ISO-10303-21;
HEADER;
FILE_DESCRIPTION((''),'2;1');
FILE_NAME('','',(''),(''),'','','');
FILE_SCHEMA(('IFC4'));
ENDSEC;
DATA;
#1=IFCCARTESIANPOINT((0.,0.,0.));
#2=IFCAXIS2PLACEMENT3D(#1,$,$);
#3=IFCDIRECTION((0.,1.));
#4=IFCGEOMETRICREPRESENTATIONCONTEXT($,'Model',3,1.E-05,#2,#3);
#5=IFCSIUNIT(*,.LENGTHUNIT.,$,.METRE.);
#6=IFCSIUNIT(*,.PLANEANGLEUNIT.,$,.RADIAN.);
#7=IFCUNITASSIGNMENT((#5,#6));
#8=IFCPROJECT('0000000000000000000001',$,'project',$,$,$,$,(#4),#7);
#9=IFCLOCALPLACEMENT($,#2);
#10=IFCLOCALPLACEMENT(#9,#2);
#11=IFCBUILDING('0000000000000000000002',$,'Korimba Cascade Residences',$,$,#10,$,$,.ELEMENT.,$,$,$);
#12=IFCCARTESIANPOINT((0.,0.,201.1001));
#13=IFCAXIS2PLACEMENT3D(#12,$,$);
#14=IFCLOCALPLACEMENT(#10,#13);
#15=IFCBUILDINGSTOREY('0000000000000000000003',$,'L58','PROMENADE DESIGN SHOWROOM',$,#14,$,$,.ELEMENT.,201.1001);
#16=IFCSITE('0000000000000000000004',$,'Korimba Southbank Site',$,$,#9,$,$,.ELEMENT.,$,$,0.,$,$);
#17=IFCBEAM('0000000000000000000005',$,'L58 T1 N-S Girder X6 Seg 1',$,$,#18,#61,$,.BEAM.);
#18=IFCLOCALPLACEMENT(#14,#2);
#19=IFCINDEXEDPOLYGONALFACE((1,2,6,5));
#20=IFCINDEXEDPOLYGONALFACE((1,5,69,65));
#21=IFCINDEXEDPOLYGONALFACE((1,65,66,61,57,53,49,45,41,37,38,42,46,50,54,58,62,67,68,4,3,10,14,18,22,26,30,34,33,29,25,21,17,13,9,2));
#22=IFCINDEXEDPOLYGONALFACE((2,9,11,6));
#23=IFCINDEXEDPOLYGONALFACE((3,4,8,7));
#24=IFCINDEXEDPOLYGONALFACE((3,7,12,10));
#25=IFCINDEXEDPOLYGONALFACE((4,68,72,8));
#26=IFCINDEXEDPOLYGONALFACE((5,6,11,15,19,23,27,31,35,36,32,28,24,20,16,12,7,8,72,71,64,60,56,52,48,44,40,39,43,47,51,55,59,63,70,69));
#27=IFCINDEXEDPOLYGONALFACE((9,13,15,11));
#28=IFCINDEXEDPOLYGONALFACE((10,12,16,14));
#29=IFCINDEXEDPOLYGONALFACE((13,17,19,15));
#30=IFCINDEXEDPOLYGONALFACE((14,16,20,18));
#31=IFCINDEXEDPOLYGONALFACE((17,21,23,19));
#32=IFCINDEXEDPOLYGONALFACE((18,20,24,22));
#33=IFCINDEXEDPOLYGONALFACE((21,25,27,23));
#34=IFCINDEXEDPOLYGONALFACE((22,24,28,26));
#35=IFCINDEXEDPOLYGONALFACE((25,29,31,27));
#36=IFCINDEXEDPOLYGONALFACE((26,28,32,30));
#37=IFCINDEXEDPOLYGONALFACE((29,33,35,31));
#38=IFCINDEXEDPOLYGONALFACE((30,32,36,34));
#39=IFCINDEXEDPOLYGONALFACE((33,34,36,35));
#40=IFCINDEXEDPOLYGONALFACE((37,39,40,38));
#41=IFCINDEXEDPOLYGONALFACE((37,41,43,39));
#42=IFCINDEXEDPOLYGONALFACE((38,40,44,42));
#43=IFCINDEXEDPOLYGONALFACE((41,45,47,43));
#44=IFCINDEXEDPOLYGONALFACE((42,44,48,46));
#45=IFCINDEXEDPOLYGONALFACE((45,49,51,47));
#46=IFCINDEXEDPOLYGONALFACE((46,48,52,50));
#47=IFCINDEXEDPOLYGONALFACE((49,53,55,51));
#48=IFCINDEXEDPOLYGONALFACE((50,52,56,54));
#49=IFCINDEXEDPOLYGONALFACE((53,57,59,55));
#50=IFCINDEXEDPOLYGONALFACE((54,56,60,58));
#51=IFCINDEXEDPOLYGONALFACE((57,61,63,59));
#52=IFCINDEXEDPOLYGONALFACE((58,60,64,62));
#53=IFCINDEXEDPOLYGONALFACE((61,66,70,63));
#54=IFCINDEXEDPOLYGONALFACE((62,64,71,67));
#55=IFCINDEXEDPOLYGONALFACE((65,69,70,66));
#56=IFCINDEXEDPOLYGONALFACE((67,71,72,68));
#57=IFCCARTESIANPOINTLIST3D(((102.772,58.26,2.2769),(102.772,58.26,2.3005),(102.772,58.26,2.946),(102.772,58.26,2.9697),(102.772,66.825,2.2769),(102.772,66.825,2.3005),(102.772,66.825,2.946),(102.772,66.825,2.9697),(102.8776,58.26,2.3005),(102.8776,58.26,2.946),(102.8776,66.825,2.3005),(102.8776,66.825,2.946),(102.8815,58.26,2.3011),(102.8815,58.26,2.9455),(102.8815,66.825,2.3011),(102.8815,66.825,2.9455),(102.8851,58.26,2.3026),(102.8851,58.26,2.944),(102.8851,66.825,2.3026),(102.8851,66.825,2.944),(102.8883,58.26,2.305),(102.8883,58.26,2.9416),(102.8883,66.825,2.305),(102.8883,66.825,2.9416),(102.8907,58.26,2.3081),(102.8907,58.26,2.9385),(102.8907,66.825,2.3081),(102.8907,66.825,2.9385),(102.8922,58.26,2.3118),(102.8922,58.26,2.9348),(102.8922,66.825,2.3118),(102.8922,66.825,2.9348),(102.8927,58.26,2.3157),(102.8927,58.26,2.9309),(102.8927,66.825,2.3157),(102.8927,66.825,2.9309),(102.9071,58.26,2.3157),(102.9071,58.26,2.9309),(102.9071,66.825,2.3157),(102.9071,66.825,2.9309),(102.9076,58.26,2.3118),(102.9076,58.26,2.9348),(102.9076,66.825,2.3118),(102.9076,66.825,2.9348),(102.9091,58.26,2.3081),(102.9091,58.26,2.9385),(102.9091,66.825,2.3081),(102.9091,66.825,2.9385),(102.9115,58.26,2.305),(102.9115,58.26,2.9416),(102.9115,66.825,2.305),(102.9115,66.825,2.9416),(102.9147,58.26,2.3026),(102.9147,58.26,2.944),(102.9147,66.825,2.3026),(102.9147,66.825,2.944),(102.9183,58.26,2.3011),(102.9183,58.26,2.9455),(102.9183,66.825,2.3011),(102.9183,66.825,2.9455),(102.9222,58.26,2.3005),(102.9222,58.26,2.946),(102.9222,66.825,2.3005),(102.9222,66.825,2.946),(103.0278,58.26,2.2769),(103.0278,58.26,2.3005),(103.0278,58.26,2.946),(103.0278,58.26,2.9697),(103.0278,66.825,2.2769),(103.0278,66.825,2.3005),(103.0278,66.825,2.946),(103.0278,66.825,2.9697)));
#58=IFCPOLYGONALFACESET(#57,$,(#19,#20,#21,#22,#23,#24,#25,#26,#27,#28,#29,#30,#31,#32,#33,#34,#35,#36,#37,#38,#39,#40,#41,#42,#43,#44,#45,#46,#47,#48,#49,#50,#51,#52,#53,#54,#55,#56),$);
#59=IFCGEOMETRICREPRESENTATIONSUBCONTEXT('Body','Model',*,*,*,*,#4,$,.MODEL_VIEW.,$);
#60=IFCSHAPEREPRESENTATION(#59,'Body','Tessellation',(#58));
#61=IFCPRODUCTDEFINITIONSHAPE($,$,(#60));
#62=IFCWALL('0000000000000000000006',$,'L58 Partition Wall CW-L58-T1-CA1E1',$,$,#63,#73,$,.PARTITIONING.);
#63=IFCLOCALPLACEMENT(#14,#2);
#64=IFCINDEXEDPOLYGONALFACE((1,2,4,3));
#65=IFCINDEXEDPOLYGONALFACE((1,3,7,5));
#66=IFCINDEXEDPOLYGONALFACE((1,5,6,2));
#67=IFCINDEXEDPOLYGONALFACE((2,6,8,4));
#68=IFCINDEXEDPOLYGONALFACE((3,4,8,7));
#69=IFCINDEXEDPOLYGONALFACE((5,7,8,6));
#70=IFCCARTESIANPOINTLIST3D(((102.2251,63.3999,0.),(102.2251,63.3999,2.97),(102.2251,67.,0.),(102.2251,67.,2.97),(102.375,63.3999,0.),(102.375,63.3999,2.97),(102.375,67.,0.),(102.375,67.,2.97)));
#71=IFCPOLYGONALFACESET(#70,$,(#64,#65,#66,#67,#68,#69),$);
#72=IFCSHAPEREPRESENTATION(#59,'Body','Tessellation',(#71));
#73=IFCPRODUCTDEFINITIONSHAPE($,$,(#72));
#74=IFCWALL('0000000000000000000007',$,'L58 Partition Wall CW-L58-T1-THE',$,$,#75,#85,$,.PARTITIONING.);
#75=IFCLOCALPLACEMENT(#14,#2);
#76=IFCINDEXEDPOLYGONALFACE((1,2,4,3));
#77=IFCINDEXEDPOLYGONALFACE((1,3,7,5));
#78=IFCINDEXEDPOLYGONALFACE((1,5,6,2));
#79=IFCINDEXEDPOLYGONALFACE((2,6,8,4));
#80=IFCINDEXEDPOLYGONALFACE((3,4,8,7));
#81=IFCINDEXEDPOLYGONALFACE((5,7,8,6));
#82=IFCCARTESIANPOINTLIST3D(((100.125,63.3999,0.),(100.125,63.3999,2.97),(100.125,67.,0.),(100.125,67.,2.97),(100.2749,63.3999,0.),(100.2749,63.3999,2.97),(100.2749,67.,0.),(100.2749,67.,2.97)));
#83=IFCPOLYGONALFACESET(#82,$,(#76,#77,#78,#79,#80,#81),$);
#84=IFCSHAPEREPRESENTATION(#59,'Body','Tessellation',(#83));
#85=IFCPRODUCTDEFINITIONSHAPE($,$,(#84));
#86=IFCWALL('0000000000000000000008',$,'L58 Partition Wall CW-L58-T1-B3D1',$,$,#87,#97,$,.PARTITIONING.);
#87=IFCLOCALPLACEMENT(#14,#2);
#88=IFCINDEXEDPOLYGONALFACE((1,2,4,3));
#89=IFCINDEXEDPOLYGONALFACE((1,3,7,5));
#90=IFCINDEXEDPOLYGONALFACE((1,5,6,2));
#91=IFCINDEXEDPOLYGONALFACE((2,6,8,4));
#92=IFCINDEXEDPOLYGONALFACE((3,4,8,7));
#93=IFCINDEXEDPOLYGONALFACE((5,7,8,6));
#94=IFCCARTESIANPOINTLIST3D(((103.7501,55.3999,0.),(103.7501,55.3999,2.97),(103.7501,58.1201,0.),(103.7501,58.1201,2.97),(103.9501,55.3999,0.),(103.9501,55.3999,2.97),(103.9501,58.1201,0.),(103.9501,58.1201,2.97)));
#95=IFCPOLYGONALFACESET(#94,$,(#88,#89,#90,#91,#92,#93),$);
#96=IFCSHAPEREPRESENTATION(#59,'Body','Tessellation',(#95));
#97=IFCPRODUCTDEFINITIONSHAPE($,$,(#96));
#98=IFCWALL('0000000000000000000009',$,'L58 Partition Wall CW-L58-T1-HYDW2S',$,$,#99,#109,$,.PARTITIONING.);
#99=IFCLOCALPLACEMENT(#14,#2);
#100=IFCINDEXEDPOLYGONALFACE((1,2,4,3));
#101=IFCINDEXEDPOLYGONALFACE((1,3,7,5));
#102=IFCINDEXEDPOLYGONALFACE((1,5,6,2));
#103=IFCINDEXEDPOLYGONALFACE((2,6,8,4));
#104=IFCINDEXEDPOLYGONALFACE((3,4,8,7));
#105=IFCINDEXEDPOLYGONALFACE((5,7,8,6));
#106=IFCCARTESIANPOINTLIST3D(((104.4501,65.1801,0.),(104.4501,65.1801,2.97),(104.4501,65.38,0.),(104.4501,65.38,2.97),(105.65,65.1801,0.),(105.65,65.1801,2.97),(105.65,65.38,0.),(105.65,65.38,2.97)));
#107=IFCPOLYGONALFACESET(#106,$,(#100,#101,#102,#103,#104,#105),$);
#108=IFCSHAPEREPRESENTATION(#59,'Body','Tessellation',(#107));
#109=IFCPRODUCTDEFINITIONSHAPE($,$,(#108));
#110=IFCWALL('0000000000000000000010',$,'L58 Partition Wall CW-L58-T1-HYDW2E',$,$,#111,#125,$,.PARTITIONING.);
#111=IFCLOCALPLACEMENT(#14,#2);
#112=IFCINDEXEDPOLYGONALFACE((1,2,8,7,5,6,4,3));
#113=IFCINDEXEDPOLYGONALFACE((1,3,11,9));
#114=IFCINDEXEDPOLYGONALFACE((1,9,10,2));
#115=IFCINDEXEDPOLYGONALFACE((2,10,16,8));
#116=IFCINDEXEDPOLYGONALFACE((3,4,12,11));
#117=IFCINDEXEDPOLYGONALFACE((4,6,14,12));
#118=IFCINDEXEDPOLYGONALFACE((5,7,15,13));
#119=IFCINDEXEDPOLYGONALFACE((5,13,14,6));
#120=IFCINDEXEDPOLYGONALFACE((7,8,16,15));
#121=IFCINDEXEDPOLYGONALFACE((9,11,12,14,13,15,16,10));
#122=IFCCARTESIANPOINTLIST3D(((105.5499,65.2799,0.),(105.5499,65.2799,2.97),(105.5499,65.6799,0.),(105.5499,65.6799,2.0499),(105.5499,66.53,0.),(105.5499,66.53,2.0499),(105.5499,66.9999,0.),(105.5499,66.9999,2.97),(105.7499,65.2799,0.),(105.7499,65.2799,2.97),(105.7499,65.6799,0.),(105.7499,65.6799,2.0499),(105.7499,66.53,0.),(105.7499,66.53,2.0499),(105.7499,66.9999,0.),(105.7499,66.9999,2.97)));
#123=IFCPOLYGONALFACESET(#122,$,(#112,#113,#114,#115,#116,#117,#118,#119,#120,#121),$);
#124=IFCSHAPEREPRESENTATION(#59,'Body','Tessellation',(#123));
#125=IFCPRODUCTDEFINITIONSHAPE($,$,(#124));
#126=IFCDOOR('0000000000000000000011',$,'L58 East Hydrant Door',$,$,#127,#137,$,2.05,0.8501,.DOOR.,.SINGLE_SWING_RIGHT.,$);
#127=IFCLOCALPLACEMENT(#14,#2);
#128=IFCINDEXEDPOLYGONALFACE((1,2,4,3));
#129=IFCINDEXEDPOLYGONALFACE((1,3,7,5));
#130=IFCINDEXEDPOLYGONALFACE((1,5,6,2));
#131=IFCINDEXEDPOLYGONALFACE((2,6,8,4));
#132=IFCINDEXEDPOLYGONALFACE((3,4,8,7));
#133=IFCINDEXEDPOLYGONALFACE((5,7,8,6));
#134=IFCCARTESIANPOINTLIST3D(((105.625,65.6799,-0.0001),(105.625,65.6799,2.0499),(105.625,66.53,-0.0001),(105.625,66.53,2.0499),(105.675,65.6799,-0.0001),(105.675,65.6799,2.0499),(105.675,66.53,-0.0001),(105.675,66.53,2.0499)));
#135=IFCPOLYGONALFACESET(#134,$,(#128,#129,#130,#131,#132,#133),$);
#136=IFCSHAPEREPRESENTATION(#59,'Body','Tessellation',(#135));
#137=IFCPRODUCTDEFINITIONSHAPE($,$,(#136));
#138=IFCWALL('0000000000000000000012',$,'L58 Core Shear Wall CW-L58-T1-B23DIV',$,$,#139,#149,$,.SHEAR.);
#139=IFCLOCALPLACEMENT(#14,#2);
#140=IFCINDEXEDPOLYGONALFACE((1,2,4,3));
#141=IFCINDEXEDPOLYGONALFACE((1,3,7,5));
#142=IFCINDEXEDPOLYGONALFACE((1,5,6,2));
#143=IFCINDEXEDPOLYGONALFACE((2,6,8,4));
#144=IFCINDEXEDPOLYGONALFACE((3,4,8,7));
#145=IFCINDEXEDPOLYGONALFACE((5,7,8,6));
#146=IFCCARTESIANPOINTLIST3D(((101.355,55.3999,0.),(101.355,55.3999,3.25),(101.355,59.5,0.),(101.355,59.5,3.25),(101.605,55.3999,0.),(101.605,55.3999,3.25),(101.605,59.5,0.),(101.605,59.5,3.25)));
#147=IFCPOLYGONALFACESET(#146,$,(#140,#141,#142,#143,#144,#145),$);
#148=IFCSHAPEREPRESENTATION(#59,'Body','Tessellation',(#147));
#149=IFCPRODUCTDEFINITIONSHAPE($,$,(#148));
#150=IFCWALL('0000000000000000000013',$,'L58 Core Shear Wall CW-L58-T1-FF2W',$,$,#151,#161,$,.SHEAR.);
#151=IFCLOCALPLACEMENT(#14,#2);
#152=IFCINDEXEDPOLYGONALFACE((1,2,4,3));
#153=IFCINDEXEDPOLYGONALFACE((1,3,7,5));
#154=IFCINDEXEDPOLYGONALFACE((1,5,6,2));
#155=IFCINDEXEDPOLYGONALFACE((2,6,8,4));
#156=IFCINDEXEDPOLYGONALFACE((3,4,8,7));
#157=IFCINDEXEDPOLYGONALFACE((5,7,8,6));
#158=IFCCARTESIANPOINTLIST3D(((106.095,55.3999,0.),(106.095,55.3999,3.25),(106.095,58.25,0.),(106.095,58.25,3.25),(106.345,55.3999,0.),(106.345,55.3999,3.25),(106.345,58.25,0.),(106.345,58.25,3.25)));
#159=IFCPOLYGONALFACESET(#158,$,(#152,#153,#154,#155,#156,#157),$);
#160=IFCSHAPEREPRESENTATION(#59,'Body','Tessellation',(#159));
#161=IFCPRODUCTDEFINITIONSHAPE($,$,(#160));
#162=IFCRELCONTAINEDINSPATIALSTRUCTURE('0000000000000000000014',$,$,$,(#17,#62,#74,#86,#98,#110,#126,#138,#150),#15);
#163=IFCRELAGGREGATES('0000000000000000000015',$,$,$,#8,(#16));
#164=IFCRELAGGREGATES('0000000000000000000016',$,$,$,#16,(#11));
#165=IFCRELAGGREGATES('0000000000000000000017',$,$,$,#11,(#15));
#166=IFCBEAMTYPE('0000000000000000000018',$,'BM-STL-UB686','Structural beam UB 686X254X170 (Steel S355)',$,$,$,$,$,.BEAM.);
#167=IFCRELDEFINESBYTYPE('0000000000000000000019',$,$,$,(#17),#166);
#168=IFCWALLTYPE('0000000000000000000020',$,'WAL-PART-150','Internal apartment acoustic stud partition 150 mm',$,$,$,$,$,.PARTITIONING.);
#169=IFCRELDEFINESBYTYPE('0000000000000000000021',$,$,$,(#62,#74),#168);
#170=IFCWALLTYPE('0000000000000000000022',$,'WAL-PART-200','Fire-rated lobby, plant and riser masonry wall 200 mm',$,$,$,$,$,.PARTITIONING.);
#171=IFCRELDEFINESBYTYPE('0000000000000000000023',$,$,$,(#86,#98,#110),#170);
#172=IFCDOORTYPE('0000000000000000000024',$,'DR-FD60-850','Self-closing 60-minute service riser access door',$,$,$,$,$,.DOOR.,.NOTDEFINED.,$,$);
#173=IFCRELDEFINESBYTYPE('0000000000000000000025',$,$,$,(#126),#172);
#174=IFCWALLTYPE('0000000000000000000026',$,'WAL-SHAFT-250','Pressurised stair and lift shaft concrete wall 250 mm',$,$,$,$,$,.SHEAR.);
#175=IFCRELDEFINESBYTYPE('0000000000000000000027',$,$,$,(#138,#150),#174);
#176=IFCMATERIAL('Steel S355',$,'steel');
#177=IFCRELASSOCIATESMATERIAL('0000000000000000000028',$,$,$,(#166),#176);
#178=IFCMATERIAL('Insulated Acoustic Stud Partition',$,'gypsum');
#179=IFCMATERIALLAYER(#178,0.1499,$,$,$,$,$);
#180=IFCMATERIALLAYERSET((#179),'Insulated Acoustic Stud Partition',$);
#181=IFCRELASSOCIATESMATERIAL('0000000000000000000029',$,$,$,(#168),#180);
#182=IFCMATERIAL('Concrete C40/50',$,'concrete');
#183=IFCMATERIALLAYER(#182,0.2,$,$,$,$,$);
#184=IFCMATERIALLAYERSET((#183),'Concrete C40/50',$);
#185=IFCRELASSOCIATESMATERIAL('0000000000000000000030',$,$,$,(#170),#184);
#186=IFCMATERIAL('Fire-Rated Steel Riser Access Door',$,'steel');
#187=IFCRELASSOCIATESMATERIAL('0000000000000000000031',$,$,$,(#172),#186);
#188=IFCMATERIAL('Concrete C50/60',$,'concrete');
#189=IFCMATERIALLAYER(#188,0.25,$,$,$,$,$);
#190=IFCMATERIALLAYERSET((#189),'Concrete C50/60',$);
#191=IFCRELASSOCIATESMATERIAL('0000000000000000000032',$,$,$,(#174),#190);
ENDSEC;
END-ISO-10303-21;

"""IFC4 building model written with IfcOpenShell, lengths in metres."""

from ifc_helpers import new_model, si_unit, direction, frame, frame_2d, origin, origin_2d, place, context, subcontext, project, spatial, rectangle, i_section, extrude, material, layer, layer_set, material_profile, profile_set, type_object, element, fill, save


model = new_model("IFC4")

# Units and contexts
model_context = context("Model", 3, precision=1e-05, world=origin(), true_north=direction((0.0, 1.0)))
body_context = subcontext(model_context, "Body", "Model", "MODEL_VIEW")
ifc_project = project(units=[si_unit("LENGTHUNIT", "METRE"), si_unit("PLANEANGLEUNIT", "RADIAN")], contexts=[model_context])

# Site, building, storey
site_placement = place(None, origin())
site = spatial("IfcSite", under=ifc_project, at=site_placement, Name="Korimba Southbank Site", CompositionType="ELEMENT", RefElevation=0.0)
building_placement = place(site_placement, origin())
building = spatial("IfcBuilding", under=site, at=building_placement, Name="Korimba Cascade Residences", CompositionType="ELEMENT")
storey_placement = place(building_placement, frame((0.0, 0.0, 201.1001)))
storey = spatial("IfcBuildingStorey", under=building, at=storey_placement, Name="L58", Description="PROMENADE DESIGN SHOWROOM", CompositionType="ELEMENT", Elevation=201.1001)

# Beam
ifc_material_1 = material(Name="Steel S355", Category="steel")
ifc_material_profile = material_profile(ifc_material_1, i_section(OverallWidth=0.2559, OverallDepth=0.6929, WebThickness=0.0144, FlangeThickness=0.0237, FilletRadius=0.0151, at=origin_2d()), Name="Steel S355")
ifc_profile_set = profile_set([ifc_material_profile], Name="Steel S355")
beam_type = type_object("IfcBeamType", Name="BM-STL-UB686", Description="Structural beam UB 686X254X170 (Steel S355)", PredefinedType="BEAM", material=ifc_profile_set)
beam_placement = place(storey_placement, frame((102.8999, 58.26, 2.6233), z_axis=(0.0, 1.0, 0.0), x_axis=(-1.0, 0.0, 0.0)))
element("IfcBeam", 1, at=beam_placement, inside=storey, type_object=beam_type, Name="L58 T1 N-S Girder X6 Seg 1", PredefinedType="BEAM", context=body_context, shape_type="SweptSolid", body=[
    extrude(i_section(OverallWidth=0.2559, OverallDepth=0.6929, WebThickness=0.0144, FlangeThickness=0.0237, FilletRadius=0.0151, at=origin_2d()), origin(), (0.0, 0.0, 1.0), 8.5649),
])

# Walls
ifc_material_2 = material(Name="Insulated Acoustic Stud Partition", Category="gypsum")
ifc_layer_1 = layer(ifc_material_2, 0.1499)
ifc_layer_set_1 = layer_set([ifc_layer_1], Name="Insulated Acoustic Stud Partition")
wall_type_1 = type_object("IfcWallType", Name="WAL-PART-150", Description="Internal apartment acoustic stud partition 150 mm", PredefinedType="PARTITIONING", material=ifc_layer_set_1)
for number, where, z_axis, x_axis, name in (
    (2, (102.3, 63.3999, 0.0), (0.0, 0.0, 1.0), (0.0, 1.0, 0.0), "L58 Partition Wall CW-L58-T1-CA1E1"),
    (3, (100.2, 63.3999, 0.0), (0.0, 0.0, 1.0), (0.0, 1.0, 0.0), "L58 Partition Wall CW-L58-T1-THE"),
):
    element("IfcWall", number, at=place(storey_placement, frame(where, z_axis=z_axis, x_axis=x_axis)), inside=storey, type_object=wall_type_1, Name=name, PredefinedType="PARTITIONING", context=body_context, shape_type="SweptSolid", body=[
        extrude(rectangle(XDim=3.6001, YDim=0.1499, at=frame_2d((1.8, 0.0))), origin(), (0.0, 0.0, 1.0), 2.97),
    ])
ifc_material_3 = material(Name="Concrete C40/50", Category="concrete")
ifc_layer_2 = layer(ifc_material_3, 0.2)
ifc_layer_set_2 = layer_set([ifc_layer_2], Name="Concrete C40/50")
wall_type_2 = type_object("IfcWallType", Name="WAL-PART-200", Description="Fire-rated lobby, plant and riser masonry wall 200 mm", PredefinedType="PARTITIONING", material=ifc_layer_set_2)
wall_1_placement = place(storey_placement, frame((103.8501, 55.3999, 0.0), z_axis=(0.0, 0.0, 1.0), x_axis=(0.0, 1.0, 0.0)))
element("IfcWall", 4, at=wall_1_placement, inside=storey, type_object=wall_type_2, Name="L58 Partition Wall CW-L58-T1-B3D1", PredefinedType="PARTITIONING", context=body_context, shape_type="SweptSolid", body=[
    extrude(rectangle(XDim=2.7202, YDim=0.2, at=frame_2d((1.3601, 0.0))), origin(), (0.0, 0.0, 1.0), 2.97),
])
wall_2_placement = place(storey_placement, frame((104.45, 65.28, 0.0), z_axis=(0.0, 0.0, 1.0), x_axis=(1.0, 0.0, 0.0)))
element("IfcWall", 5, at=wall_2_placement, inside=storey, type_object=wall_type_2, Name="L58 Partition Wall CW-L58-T1-HYDW2S", PredefinedType="PARTITIONING", context=body_context, shape_type="SweptSolid", body=[
    extrude(rectangle(XDim=1.2, YDim=0.2, at=frame_2d((0.6001, 0.0))), origin(), (0.0, 0.0, 1.0), 2.97),
])

# Wall, opening, door
wall_3_placement = place(storey_placement, frame((105.6499, 65.28, 0.0), z_axis=(0.0, 0.0, 1.0), x_axis=(0.0, 1.0, 0.0)))
wall_3 = element("IfcWall", 6, at=wall_3_placement, inside=storey, type_object=wall_type_2, Name="L58 Partition Wall CW-L58-T1-HYDW2E", PredefinedType="PARTITIONING", context=body_context, shape_type="SweptSolid", body=[
    extrude(rectangle(XDim=1.72, YDim=0.2, at=frame_2d((0.8599, 0.0))), origin(), (0.0, 0.0, 1.0), 2.97),
])
opening_1_placement = place(wall_3_placement, frame((0.3999, 0.0, 0.0)))
opening_1 = element("IfcOpeningElement", 7, at=opening_1_placement, cuts=wall_3, PredefinedType="OPENING", context=body_context, shape_type="SweptSolid", body=[
    extrude(rectangle(XDim=0.8501, YDim=2.05, at=frame_2d((0.425, 1.0249))), frame((0.0, 0.1099, 0.0), z_axis=(0.0, -1.0, 0.0), x_axis=(1.0, 0.0, 0.0)), (0.0, 0.0, 1.0), 0.22),
])
ifc_material_4 = material(Name="Fire-Rated Steel Riser Access Door", Category="steel")
door_type_1 = type_object("IfcDoorType", Name="DR-FD60-850", Description="Self-closing 60-minute service riser access door", OperationType="NOTDEFINED", PredefinedType="DOOR", material=ifc_material_4)
door_1_placement = place(opening_1_placement, origin())
door_1 = element("IfcDoor", 8, at=door_1_placement, inside=storey, type_object=door_type_1, Name="L58 East Hydrant Door", OperationType="SINGLE_SWING_RIGHT", OverallHeight=2.05, OverallWidth=0.8501, PredefinedType="DOOR", context=body_context, shape_type="SweptSolid", body=[
    extrude(rectangle(XDim=0.8501, YDim=2.05, at=frame_2d((0.425, 1.0249))), frame((0.0, 0.0249, 0.0), z_axis=(0.0, -1.0, 0.0), x_axis=(1.0, 0.0, 0.0)), (0.0, 0.0, 1.0), 0.05),
])
fill(opening_1, door_1)

# Wall
ifc_material_5 = material(Name="Concrete C50/60", Category="concrete")
ifc_layer_3 = layer(ifc_material_5, 0.25)
ifc_layer_set_3 = layer_set([ifc_layer_3], Name="Concrete C50/60")
wall_type_3 = type_object("IfcWallType", Name="WAL-SHAFT-250", Description="Pressurised stair and lift shaft concrete wall 250 mm", PredefinedType="SHEAR", material=ifc_layer_set_3)
wall_4_placement = place(storey_placement, frame((101.48, 55.3999, 0.0), z_axis=(0.0, 0.0, 1.0), x_axis=(0.0, 1.0, 0.0)))
element("IfcWall", 9, at=wall_4_placement, inside=storey, type_object=wall_type_3, Name="L58 Core Shear Wall CW-L58-T1-B23DIV", PredefinedType="SHEAR", context=body_context, shape_type="SweptSolid", body=[
    extrude(rectangle(XDim=4.1001, YDim=0.25, at=frame_2d((2.05, 0.0))), origin(), (0.0, 0.0, 1.0), 3.25),
])

# Wall
wall_5_placement = place(storey_placement, frame((106.22, 55.3999, 0.0), z_axis=(0.0, 0.0, 1.0), x_axis=(0.0, 1.0, 0.0)))
element("IfcWall", 10, at=wall_5_placement, inside=storey, type_object=wall_type_3, Name="L58 Core Shear Wall CW-L58-T1-FF2W", PredefinedType="SHEAR", context=body_context, shape_type="SweptSolid", body=[
    extrude(rectangle(XDim=2.8501, YDim=0.25, at=frame_2d((1.425, 0.0))), origin(), (0.0, 0.0, 1.0), 3.25),
])

save(model, "model.ifc")
